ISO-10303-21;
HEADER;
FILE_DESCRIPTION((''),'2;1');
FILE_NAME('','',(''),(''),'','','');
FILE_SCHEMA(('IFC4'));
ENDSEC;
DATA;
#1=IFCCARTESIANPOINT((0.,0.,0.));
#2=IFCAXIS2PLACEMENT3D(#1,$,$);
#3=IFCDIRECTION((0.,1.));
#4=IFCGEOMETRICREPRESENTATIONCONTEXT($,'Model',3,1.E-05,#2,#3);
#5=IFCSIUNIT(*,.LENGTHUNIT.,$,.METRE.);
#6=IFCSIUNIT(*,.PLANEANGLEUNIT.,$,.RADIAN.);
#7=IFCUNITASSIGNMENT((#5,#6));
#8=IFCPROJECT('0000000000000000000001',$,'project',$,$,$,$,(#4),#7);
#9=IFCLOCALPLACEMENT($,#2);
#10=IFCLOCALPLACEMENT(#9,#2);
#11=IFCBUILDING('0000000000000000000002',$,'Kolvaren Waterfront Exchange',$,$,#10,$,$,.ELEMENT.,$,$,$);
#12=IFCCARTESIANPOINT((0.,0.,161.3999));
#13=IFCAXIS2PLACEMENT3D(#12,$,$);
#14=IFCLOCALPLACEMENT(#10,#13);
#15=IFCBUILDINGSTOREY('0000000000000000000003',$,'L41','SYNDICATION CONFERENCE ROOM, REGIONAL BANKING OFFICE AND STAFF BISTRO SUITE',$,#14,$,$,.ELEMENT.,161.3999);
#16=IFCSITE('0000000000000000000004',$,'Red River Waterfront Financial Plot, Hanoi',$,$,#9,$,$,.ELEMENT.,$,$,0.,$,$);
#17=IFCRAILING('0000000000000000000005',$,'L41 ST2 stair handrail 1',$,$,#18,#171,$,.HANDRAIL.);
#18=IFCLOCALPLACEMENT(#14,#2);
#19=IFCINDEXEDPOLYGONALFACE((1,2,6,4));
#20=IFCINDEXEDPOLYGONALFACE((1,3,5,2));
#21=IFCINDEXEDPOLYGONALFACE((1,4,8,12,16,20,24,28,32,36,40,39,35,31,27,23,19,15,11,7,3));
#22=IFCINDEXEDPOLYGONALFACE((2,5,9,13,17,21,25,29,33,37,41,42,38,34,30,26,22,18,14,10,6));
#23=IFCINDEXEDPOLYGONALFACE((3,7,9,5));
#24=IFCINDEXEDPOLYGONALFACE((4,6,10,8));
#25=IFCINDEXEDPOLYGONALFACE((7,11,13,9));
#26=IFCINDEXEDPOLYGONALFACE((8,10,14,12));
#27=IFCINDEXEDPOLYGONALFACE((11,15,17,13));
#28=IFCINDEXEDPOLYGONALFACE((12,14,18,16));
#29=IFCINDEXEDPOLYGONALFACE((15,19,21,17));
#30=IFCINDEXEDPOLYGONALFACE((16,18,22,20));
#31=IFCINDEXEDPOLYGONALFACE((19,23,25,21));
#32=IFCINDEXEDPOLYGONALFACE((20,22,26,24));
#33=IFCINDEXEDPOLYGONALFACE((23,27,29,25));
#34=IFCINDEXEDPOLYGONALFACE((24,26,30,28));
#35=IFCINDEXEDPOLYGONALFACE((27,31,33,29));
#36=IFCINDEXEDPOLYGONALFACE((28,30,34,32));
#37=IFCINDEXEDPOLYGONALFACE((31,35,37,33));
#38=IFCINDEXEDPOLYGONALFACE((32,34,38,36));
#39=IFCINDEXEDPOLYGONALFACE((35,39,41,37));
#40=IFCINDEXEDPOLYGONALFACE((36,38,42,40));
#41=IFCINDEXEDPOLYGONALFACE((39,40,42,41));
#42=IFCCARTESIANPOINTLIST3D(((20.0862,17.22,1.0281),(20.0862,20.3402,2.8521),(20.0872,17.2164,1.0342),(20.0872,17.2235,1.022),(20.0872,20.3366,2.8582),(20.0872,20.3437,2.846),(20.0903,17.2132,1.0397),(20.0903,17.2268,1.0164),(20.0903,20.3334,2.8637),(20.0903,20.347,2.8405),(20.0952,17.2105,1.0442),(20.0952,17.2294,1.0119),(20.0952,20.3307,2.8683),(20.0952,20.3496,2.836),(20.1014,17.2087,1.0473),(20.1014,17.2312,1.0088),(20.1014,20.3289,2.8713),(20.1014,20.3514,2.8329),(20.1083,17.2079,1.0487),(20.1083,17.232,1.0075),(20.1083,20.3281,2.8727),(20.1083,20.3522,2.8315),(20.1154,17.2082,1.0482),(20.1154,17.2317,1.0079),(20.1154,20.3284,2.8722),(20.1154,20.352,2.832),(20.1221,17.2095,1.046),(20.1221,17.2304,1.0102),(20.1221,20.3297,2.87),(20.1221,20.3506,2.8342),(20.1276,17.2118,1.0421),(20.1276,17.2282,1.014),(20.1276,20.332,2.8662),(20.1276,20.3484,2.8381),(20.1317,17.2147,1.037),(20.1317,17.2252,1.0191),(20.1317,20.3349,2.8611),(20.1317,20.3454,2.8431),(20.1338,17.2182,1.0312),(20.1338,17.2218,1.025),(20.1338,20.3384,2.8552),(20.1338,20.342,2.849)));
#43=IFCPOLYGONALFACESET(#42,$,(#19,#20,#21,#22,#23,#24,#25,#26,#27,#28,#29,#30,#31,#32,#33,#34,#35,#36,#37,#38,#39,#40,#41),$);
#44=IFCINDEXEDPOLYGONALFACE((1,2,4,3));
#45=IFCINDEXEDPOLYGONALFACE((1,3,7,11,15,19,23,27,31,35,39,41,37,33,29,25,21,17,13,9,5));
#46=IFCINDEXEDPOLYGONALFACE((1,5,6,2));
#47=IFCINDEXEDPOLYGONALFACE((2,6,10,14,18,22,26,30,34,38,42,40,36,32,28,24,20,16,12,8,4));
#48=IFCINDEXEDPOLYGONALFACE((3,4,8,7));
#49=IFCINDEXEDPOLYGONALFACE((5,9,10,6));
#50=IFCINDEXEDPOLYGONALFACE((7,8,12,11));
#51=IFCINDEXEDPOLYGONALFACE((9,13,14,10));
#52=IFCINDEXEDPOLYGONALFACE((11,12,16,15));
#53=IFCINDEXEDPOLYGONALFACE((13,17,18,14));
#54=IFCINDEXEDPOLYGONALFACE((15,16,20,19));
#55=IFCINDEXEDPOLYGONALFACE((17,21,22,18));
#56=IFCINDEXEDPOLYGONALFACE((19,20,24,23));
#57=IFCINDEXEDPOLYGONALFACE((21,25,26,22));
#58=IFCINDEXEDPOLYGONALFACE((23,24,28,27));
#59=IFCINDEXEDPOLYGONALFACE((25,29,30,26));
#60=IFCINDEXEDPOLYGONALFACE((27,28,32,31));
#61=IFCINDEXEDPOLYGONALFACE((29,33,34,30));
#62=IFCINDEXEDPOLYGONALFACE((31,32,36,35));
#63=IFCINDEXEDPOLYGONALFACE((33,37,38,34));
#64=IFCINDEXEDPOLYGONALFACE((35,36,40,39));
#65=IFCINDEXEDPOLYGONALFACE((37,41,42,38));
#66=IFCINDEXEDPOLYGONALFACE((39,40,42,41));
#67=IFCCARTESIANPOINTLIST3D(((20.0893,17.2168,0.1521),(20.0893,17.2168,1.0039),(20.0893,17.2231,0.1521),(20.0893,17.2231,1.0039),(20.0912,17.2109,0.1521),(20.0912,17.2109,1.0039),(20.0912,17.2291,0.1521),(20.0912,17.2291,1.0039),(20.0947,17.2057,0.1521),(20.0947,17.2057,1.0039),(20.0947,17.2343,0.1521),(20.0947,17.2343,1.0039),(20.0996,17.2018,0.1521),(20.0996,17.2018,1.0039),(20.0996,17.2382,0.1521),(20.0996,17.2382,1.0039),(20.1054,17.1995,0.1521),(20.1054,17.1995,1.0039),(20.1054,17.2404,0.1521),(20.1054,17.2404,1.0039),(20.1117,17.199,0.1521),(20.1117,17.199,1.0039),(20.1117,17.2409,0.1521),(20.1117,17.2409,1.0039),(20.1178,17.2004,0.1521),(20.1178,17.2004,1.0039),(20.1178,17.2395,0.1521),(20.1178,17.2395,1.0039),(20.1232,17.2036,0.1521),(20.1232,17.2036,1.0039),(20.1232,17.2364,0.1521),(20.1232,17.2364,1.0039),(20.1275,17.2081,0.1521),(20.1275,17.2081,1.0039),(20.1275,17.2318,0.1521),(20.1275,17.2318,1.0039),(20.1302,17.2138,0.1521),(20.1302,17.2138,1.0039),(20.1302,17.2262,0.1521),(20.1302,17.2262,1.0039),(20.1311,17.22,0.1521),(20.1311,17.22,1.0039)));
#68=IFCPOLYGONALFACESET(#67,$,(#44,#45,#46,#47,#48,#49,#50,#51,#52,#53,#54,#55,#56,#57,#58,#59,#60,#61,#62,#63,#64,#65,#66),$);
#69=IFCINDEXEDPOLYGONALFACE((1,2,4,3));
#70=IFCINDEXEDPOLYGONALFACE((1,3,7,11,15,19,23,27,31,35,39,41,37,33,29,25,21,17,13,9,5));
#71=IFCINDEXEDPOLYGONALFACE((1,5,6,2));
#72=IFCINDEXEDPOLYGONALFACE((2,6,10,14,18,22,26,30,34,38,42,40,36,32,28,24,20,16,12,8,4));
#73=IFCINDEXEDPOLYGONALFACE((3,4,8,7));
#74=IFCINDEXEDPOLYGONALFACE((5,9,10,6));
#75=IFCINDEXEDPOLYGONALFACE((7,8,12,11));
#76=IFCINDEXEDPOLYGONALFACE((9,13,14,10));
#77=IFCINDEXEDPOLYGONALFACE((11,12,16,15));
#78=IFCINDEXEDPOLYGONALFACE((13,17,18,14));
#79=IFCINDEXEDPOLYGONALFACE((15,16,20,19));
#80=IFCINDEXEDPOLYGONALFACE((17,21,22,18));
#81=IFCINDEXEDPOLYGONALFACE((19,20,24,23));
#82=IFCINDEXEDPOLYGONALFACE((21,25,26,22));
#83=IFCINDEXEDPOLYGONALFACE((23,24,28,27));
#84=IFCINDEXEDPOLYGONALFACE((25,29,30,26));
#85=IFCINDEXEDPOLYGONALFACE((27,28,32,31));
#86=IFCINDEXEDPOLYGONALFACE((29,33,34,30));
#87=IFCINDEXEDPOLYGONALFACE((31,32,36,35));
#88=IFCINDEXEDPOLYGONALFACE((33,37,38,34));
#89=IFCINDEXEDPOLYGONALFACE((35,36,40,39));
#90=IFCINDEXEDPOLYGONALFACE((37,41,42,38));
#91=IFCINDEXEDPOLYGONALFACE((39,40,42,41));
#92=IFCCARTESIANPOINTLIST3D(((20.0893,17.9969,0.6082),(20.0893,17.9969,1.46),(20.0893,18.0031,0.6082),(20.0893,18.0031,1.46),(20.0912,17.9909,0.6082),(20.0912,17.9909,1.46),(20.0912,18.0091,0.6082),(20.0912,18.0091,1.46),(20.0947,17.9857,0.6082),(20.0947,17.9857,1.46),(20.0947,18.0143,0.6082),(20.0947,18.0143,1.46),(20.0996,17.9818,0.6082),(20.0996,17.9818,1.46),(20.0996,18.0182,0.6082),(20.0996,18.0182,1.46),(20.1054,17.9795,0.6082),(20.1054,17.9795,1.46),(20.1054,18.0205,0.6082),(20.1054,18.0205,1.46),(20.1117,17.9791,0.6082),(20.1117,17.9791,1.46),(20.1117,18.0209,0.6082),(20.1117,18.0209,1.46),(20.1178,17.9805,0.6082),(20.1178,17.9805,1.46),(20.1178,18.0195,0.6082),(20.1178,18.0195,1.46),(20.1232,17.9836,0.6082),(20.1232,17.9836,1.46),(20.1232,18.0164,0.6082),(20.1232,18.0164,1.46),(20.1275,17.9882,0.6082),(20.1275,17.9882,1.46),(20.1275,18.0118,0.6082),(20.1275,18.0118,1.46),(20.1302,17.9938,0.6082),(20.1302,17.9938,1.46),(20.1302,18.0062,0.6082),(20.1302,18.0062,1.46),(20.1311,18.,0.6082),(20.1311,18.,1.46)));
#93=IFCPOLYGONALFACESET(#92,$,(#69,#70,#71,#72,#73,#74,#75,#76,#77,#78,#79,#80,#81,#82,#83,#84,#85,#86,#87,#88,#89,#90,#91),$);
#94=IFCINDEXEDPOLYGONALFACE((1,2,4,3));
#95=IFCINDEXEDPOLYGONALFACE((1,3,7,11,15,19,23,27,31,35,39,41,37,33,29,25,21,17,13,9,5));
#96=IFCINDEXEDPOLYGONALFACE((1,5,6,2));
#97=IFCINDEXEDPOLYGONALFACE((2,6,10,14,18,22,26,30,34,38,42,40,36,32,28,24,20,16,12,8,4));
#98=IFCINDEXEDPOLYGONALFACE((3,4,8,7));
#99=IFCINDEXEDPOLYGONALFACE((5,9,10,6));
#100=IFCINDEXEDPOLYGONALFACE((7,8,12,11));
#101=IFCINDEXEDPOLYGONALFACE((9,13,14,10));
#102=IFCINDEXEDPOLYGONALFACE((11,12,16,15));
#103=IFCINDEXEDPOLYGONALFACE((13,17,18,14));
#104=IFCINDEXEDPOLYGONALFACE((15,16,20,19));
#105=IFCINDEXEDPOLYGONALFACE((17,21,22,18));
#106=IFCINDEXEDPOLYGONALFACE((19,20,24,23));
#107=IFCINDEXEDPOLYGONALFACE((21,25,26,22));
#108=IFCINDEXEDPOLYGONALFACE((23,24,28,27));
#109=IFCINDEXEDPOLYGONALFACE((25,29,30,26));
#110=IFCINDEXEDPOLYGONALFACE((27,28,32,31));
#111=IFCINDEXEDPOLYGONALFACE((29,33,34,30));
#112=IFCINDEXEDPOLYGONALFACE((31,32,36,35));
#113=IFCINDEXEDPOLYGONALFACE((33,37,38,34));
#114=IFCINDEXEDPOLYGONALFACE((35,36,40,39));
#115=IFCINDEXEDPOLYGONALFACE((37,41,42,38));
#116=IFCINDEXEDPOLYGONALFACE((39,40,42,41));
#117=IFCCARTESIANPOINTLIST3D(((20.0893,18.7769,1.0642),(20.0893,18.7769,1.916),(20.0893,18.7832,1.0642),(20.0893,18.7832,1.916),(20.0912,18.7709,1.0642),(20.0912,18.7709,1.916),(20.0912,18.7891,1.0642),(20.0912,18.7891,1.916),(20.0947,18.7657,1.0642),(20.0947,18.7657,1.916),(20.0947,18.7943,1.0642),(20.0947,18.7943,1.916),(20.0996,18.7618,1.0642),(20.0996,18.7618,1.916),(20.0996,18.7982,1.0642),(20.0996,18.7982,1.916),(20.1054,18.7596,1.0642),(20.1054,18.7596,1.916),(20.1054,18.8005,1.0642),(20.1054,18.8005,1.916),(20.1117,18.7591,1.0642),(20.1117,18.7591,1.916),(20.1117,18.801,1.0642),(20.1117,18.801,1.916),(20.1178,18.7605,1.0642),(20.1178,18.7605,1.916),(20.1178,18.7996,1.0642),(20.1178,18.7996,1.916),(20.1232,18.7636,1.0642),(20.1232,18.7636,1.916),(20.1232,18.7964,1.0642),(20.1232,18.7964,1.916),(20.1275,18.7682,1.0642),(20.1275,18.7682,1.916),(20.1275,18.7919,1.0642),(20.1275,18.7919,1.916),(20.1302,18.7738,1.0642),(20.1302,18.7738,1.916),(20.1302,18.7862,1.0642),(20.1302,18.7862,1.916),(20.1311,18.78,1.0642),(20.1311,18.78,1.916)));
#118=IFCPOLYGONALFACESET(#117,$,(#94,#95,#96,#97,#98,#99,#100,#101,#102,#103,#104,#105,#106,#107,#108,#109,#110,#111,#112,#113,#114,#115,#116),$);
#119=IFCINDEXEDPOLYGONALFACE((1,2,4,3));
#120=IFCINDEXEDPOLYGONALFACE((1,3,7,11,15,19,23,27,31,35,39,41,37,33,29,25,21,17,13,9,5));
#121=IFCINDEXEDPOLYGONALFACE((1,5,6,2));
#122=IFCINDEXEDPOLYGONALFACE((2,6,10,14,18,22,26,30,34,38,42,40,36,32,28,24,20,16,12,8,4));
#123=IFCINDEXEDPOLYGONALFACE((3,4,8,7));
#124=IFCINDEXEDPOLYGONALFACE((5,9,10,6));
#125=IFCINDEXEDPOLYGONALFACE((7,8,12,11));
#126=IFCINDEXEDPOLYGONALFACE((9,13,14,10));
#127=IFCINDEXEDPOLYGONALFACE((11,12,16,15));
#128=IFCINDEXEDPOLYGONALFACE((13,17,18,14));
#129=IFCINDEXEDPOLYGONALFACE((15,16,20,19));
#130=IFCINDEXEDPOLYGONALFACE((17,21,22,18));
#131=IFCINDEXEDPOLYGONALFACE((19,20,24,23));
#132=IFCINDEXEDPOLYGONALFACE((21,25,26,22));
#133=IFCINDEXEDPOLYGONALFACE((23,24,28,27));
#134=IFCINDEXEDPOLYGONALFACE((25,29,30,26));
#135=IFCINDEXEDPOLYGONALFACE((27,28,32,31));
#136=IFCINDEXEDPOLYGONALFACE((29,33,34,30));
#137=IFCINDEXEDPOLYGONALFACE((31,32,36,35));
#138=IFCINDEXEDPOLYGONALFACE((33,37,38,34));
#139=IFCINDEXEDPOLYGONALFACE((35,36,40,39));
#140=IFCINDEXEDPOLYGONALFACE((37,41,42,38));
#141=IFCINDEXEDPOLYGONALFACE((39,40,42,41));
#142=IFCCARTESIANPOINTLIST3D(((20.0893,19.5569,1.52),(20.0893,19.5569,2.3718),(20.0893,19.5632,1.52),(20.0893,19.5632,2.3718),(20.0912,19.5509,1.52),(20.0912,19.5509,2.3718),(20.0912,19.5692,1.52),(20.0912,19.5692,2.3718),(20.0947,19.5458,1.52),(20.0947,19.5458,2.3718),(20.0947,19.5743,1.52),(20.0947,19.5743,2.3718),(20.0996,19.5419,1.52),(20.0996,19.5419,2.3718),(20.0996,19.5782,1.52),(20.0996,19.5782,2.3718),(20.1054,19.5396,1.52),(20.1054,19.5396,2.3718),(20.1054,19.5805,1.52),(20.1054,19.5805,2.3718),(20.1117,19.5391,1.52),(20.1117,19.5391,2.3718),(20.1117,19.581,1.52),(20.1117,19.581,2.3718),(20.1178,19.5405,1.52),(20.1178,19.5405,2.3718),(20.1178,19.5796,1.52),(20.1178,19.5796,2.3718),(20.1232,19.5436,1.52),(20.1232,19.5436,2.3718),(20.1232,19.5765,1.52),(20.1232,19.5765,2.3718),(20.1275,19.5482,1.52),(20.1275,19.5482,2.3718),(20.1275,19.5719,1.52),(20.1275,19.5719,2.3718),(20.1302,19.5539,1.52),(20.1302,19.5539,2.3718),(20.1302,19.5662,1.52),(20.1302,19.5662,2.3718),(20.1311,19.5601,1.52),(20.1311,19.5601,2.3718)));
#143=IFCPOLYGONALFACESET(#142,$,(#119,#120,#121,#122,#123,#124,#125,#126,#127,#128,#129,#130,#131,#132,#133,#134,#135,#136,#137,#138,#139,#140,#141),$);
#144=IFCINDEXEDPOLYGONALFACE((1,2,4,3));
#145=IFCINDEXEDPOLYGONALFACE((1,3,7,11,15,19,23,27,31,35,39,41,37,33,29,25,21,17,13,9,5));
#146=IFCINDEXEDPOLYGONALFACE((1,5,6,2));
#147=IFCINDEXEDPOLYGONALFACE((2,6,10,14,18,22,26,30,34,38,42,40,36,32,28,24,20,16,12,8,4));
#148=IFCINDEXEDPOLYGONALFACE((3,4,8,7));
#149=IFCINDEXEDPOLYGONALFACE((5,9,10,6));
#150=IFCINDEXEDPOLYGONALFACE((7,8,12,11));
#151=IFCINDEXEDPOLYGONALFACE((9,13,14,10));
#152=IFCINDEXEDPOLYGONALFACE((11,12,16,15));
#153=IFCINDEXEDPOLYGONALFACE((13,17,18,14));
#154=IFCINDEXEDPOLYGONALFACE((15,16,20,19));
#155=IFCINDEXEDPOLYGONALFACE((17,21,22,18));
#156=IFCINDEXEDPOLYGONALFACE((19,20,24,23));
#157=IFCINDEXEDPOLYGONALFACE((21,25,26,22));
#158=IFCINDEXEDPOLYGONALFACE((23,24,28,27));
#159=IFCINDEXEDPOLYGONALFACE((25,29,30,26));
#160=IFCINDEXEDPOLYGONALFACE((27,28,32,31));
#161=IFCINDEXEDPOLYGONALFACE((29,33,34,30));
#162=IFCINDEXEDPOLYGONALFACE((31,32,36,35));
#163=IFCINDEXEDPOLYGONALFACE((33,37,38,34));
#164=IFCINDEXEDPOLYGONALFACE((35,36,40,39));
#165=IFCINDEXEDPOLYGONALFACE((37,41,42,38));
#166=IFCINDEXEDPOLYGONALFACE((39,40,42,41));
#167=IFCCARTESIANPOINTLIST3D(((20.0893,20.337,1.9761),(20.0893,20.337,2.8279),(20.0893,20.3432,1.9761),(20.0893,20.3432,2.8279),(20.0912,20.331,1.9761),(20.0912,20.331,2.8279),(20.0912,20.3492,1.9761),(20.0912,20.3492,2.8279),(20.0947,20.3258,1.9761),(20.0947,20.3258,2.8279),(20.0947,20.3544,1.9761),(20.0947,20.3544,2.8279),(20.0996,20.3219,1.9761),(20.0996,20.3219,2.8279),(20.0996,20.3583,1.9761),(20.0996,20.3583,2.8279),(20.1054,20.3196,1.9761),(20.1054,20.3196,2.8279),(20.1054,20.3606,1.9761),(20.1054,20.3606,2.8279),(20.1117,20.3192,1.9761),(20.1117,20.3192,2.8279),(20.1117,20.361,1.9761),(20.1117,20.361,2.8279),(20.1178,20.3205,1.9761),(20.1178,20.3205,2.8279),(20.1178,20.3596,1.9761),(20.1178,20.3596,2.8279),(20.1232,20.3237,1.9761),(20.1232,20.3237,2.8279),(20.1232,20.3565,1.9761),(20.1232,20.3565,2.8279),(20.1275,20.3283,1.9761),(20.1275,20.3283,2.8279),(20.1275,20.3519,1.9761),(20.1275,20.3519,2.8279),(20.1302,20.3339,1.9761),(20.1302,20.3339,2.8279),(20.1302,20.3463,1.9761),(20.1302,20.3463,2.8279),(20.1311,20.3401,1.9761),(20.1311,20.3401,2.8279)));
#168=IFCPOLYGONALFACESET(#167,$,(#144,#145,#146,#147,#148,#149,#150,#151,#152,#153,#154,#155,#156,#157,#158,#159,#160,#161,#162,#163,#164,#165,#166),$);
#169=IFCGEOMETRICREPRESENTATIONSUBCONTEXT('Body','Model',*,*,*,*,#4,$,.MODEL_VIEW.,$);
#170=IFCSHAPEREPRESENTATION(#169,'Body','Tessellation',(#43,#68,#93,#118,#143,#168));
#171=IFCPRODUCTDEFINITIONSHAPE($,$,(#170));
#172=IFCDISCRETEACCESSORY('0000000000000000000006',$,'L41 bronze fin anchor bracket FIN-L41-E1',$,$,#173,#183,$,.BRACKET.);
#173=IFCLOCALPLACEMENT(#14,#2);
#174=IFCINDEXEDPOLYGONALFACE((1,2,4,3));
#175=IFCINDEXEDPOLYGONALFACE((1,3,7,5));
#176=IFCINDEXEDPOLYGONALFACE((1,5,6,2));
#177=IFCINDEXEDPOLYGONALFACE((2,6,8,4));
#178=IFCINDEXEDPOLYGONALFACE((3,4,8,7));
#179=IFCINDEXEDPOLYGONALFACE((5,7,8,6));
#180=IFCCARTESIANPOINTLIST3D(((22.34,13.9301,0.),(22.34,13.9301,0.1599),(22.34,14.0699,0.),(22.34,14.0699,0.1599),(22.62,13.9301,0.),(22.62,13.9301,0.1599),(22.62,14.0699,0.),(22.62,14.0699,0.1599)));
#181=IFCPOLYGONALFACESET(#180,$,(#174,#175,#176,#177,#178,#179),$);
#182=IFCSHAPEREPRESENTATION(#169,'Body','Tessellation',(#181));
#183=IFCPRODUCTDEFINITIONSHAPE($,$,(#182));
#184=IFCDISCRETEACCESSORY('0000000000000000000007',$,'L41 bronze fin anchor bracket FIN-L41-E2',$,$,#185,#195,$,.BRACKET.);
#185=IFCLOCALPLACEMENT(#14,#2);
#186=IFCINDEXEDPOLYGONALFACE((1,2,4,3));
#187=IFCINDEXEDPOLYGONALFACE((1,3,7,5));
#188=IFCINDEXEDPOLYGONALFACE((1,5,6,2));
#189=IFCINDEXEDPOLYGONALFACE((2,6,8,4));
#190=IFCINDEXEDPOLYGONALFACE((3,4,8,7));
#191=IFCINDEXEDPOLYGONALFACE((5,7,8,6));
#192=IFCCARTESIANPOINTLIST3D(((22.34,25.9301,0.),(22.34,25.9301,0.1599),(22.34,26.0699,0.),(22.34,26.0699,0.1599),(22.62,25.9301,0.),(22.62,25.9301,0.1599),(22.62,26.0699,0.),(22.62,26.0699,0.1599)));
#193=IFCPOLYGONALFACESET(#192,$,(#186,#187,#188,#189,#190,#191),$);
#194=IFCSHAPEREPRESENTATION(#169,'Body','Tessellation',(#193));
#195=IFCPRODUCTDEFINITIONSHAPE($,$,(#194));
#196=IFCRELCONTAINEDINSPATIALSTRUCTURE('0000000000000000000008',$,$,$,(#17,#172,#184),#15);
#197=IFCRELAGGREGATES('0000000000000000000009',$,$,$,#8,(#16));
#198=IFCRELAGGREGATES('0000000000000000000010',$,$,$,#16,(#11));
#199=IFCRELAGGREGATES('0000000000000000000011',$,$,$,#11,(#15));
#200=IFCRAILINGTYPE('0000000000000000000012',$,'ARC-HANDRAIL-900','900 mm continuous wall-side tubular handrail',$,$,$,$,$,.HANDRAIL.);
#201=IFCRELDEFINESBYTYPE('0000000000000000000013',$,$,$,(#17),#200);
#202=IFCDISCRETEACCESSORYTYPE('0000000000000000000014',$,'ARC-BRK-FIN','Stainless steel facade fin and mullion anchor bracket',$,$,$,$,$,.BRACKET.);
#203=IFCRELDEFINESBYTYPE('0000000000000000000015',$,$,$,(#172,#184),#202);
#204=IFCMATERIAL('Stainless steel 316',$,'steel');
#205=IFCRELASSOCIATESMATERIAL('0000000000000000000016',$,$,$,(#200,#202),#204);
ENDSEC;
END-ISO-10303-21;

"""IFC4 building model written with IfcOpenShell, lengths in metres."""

from ifc_helpers import new_model, si_unit, direction, frame, origin, origin_with_axes, origin_2d, place, context, subcontext, project, spatial, rectangle, circle, extrude, source, transform, mapped, material, type_object, element, save


model = new_model("IFC4")

# Units and contexts
model_context = context("Model", 3, precision=1e-05, world=origin(), true_north=direction((0.0, 1.0)))
body_context = subcontext(model_context, "Body", "Model", "MODEL_VIEW")
ifc_project = project(units=[si_unit("LENGTHUNIT", "METRE"), si_unit("PLANEANGLEUNIT", "RADIAN")], contexts=[model_context])

# Site, building, storey
site_placement = place(None, origin())
site = spatial("IfcSite", under=ifc_project, at=site_placement, Name="Red River Waterfront Financial Plot, Hanoi", CompositionType="ELEMENT", RefElevation=0.0)
building_placement = place(site_placement, origin())
building = spatial("IfcBuilding", under=site, at=building_placement, Name="Kolvaren Waterfront Exchange", CompositionType="ELEMENT")
storey_placement = place(building_placement, frame((0.0, 0.0, 161.3999)))
storey = spatial("IfcBuildingStorey", under=building, at=storey_placement, Name="L41", Description="SYNDICATION CONFERENCE ROOM, REGIONAL BANKING OFFICE AND STAFF BISTRO SUITE", CompositionType="ELEMENT", Elevation=161.3999)

# Railing
ifc_material_1 = material(Name="Stainless steel 316", Category="steel")
railing_type = type_object("IfcRailingType", Name="ARC-HANDRAIL-900", Description="900 mm continuous wall-side tubular handrail", PredefinedType="HANDRAIL", material=ifc_material_1)
railing_placement = place(storey_placement, frame((20.1101, 17.22, 0.1521)))
element("IfcRailing", 1, at=railing_placement, inside=storey, type_object=railing_type, Name="L41 ST2 stair handrail 1", PredefinedType="HANDRAIL", context=body_context, shape_type="SweptSolid", body=[
    extrude(circle(Radius=0.0239, at=origin_2d()), frame((0.0, 0.0, 0.876), z_axis=(0.0, 0.863308, 0.504677), x_axis=(-1.0, 0.0, 0.0)), (0.0, 0.0, 1.0), 3.6143),
    extrude(circle(Radius=0.021, at=origin_2d()), origin(), (0.0, 0.0, 1.0), 0.8518),
    extrude(circle(Radius=0.021, at=origin_2d()), frame((0.0, 0.78, 0.4561)), (0.0, 0.0, 1.0), 0.8518),
    extrude(circle(Radius=0.021, at=origin_2d()), frame((0.0, 1.5601, 0.9121)), (0.0, 0.0, 1.0), 0.8518),
    extrude(circle(Radius=0.021, at=origin_2d()), frame((0.0, 2.3401, 1.3679)), (0.0, 0.0, 1.0), 0.8518),
    extrude(circle(Radius=0.021, at=origin_2d()), frame((0.0, 3.1201, 1.824)), (0.0, 0.0, 1.0), 0.8518),
])

# Discrete accessories
discrete_accessory_type = type_object("IfcDiscreteAccessoryType", Name="ARC-BRK-FIN", Description="Stainless steel facade fin and mullion anchor bracket", PredefinedType="BRACKET", material=ifc_material_1)
shared_shape = source(origin_with_axes(), body_context, "Body", "SweptSolid", [
    extrude(rectangle(XDim=0.28, YDim=0.1399, at=origin_2d()), origin(), (0.0, 0.0, 1.0), 0.1599),
])
for number, where, z_axis, x_axis, name in (
    (2, (22.48, 14.0, 0.0), (0.0, 0.0, 1.0), (1.0, 0.0, 0.0), "L41 bronze fin anchor bracket FIN-L41-E1"),
    (3, (22.48, 26.0, 0.0), (0.0, 0.0, 1.0), (1.0, 0.0, 0.0), "L41 bronze fin anchor bracket FIN-L41-E2"),
):
    element("IfcDiscreteAccessory", number, at=place(storey_placement, frame(where, z_axis=z_axis, x_axis=x_axis)), inside=storey, type_object=discrete_accessory_type, Name=name, PredefinedType="BRACKET", context=body_context, shape_type="MappedRepresentation", body=[
        mapped(shared_shape, transform((0.0, 0.0, 0.0), x_axis=(1.0, 0.0, 0.0), y_axis=(0.0, 1.0, 0.0), z_axis=(0.0, 0.0, 1.0), scale=1.0)),
    ])

save(model, "model.ifc")
